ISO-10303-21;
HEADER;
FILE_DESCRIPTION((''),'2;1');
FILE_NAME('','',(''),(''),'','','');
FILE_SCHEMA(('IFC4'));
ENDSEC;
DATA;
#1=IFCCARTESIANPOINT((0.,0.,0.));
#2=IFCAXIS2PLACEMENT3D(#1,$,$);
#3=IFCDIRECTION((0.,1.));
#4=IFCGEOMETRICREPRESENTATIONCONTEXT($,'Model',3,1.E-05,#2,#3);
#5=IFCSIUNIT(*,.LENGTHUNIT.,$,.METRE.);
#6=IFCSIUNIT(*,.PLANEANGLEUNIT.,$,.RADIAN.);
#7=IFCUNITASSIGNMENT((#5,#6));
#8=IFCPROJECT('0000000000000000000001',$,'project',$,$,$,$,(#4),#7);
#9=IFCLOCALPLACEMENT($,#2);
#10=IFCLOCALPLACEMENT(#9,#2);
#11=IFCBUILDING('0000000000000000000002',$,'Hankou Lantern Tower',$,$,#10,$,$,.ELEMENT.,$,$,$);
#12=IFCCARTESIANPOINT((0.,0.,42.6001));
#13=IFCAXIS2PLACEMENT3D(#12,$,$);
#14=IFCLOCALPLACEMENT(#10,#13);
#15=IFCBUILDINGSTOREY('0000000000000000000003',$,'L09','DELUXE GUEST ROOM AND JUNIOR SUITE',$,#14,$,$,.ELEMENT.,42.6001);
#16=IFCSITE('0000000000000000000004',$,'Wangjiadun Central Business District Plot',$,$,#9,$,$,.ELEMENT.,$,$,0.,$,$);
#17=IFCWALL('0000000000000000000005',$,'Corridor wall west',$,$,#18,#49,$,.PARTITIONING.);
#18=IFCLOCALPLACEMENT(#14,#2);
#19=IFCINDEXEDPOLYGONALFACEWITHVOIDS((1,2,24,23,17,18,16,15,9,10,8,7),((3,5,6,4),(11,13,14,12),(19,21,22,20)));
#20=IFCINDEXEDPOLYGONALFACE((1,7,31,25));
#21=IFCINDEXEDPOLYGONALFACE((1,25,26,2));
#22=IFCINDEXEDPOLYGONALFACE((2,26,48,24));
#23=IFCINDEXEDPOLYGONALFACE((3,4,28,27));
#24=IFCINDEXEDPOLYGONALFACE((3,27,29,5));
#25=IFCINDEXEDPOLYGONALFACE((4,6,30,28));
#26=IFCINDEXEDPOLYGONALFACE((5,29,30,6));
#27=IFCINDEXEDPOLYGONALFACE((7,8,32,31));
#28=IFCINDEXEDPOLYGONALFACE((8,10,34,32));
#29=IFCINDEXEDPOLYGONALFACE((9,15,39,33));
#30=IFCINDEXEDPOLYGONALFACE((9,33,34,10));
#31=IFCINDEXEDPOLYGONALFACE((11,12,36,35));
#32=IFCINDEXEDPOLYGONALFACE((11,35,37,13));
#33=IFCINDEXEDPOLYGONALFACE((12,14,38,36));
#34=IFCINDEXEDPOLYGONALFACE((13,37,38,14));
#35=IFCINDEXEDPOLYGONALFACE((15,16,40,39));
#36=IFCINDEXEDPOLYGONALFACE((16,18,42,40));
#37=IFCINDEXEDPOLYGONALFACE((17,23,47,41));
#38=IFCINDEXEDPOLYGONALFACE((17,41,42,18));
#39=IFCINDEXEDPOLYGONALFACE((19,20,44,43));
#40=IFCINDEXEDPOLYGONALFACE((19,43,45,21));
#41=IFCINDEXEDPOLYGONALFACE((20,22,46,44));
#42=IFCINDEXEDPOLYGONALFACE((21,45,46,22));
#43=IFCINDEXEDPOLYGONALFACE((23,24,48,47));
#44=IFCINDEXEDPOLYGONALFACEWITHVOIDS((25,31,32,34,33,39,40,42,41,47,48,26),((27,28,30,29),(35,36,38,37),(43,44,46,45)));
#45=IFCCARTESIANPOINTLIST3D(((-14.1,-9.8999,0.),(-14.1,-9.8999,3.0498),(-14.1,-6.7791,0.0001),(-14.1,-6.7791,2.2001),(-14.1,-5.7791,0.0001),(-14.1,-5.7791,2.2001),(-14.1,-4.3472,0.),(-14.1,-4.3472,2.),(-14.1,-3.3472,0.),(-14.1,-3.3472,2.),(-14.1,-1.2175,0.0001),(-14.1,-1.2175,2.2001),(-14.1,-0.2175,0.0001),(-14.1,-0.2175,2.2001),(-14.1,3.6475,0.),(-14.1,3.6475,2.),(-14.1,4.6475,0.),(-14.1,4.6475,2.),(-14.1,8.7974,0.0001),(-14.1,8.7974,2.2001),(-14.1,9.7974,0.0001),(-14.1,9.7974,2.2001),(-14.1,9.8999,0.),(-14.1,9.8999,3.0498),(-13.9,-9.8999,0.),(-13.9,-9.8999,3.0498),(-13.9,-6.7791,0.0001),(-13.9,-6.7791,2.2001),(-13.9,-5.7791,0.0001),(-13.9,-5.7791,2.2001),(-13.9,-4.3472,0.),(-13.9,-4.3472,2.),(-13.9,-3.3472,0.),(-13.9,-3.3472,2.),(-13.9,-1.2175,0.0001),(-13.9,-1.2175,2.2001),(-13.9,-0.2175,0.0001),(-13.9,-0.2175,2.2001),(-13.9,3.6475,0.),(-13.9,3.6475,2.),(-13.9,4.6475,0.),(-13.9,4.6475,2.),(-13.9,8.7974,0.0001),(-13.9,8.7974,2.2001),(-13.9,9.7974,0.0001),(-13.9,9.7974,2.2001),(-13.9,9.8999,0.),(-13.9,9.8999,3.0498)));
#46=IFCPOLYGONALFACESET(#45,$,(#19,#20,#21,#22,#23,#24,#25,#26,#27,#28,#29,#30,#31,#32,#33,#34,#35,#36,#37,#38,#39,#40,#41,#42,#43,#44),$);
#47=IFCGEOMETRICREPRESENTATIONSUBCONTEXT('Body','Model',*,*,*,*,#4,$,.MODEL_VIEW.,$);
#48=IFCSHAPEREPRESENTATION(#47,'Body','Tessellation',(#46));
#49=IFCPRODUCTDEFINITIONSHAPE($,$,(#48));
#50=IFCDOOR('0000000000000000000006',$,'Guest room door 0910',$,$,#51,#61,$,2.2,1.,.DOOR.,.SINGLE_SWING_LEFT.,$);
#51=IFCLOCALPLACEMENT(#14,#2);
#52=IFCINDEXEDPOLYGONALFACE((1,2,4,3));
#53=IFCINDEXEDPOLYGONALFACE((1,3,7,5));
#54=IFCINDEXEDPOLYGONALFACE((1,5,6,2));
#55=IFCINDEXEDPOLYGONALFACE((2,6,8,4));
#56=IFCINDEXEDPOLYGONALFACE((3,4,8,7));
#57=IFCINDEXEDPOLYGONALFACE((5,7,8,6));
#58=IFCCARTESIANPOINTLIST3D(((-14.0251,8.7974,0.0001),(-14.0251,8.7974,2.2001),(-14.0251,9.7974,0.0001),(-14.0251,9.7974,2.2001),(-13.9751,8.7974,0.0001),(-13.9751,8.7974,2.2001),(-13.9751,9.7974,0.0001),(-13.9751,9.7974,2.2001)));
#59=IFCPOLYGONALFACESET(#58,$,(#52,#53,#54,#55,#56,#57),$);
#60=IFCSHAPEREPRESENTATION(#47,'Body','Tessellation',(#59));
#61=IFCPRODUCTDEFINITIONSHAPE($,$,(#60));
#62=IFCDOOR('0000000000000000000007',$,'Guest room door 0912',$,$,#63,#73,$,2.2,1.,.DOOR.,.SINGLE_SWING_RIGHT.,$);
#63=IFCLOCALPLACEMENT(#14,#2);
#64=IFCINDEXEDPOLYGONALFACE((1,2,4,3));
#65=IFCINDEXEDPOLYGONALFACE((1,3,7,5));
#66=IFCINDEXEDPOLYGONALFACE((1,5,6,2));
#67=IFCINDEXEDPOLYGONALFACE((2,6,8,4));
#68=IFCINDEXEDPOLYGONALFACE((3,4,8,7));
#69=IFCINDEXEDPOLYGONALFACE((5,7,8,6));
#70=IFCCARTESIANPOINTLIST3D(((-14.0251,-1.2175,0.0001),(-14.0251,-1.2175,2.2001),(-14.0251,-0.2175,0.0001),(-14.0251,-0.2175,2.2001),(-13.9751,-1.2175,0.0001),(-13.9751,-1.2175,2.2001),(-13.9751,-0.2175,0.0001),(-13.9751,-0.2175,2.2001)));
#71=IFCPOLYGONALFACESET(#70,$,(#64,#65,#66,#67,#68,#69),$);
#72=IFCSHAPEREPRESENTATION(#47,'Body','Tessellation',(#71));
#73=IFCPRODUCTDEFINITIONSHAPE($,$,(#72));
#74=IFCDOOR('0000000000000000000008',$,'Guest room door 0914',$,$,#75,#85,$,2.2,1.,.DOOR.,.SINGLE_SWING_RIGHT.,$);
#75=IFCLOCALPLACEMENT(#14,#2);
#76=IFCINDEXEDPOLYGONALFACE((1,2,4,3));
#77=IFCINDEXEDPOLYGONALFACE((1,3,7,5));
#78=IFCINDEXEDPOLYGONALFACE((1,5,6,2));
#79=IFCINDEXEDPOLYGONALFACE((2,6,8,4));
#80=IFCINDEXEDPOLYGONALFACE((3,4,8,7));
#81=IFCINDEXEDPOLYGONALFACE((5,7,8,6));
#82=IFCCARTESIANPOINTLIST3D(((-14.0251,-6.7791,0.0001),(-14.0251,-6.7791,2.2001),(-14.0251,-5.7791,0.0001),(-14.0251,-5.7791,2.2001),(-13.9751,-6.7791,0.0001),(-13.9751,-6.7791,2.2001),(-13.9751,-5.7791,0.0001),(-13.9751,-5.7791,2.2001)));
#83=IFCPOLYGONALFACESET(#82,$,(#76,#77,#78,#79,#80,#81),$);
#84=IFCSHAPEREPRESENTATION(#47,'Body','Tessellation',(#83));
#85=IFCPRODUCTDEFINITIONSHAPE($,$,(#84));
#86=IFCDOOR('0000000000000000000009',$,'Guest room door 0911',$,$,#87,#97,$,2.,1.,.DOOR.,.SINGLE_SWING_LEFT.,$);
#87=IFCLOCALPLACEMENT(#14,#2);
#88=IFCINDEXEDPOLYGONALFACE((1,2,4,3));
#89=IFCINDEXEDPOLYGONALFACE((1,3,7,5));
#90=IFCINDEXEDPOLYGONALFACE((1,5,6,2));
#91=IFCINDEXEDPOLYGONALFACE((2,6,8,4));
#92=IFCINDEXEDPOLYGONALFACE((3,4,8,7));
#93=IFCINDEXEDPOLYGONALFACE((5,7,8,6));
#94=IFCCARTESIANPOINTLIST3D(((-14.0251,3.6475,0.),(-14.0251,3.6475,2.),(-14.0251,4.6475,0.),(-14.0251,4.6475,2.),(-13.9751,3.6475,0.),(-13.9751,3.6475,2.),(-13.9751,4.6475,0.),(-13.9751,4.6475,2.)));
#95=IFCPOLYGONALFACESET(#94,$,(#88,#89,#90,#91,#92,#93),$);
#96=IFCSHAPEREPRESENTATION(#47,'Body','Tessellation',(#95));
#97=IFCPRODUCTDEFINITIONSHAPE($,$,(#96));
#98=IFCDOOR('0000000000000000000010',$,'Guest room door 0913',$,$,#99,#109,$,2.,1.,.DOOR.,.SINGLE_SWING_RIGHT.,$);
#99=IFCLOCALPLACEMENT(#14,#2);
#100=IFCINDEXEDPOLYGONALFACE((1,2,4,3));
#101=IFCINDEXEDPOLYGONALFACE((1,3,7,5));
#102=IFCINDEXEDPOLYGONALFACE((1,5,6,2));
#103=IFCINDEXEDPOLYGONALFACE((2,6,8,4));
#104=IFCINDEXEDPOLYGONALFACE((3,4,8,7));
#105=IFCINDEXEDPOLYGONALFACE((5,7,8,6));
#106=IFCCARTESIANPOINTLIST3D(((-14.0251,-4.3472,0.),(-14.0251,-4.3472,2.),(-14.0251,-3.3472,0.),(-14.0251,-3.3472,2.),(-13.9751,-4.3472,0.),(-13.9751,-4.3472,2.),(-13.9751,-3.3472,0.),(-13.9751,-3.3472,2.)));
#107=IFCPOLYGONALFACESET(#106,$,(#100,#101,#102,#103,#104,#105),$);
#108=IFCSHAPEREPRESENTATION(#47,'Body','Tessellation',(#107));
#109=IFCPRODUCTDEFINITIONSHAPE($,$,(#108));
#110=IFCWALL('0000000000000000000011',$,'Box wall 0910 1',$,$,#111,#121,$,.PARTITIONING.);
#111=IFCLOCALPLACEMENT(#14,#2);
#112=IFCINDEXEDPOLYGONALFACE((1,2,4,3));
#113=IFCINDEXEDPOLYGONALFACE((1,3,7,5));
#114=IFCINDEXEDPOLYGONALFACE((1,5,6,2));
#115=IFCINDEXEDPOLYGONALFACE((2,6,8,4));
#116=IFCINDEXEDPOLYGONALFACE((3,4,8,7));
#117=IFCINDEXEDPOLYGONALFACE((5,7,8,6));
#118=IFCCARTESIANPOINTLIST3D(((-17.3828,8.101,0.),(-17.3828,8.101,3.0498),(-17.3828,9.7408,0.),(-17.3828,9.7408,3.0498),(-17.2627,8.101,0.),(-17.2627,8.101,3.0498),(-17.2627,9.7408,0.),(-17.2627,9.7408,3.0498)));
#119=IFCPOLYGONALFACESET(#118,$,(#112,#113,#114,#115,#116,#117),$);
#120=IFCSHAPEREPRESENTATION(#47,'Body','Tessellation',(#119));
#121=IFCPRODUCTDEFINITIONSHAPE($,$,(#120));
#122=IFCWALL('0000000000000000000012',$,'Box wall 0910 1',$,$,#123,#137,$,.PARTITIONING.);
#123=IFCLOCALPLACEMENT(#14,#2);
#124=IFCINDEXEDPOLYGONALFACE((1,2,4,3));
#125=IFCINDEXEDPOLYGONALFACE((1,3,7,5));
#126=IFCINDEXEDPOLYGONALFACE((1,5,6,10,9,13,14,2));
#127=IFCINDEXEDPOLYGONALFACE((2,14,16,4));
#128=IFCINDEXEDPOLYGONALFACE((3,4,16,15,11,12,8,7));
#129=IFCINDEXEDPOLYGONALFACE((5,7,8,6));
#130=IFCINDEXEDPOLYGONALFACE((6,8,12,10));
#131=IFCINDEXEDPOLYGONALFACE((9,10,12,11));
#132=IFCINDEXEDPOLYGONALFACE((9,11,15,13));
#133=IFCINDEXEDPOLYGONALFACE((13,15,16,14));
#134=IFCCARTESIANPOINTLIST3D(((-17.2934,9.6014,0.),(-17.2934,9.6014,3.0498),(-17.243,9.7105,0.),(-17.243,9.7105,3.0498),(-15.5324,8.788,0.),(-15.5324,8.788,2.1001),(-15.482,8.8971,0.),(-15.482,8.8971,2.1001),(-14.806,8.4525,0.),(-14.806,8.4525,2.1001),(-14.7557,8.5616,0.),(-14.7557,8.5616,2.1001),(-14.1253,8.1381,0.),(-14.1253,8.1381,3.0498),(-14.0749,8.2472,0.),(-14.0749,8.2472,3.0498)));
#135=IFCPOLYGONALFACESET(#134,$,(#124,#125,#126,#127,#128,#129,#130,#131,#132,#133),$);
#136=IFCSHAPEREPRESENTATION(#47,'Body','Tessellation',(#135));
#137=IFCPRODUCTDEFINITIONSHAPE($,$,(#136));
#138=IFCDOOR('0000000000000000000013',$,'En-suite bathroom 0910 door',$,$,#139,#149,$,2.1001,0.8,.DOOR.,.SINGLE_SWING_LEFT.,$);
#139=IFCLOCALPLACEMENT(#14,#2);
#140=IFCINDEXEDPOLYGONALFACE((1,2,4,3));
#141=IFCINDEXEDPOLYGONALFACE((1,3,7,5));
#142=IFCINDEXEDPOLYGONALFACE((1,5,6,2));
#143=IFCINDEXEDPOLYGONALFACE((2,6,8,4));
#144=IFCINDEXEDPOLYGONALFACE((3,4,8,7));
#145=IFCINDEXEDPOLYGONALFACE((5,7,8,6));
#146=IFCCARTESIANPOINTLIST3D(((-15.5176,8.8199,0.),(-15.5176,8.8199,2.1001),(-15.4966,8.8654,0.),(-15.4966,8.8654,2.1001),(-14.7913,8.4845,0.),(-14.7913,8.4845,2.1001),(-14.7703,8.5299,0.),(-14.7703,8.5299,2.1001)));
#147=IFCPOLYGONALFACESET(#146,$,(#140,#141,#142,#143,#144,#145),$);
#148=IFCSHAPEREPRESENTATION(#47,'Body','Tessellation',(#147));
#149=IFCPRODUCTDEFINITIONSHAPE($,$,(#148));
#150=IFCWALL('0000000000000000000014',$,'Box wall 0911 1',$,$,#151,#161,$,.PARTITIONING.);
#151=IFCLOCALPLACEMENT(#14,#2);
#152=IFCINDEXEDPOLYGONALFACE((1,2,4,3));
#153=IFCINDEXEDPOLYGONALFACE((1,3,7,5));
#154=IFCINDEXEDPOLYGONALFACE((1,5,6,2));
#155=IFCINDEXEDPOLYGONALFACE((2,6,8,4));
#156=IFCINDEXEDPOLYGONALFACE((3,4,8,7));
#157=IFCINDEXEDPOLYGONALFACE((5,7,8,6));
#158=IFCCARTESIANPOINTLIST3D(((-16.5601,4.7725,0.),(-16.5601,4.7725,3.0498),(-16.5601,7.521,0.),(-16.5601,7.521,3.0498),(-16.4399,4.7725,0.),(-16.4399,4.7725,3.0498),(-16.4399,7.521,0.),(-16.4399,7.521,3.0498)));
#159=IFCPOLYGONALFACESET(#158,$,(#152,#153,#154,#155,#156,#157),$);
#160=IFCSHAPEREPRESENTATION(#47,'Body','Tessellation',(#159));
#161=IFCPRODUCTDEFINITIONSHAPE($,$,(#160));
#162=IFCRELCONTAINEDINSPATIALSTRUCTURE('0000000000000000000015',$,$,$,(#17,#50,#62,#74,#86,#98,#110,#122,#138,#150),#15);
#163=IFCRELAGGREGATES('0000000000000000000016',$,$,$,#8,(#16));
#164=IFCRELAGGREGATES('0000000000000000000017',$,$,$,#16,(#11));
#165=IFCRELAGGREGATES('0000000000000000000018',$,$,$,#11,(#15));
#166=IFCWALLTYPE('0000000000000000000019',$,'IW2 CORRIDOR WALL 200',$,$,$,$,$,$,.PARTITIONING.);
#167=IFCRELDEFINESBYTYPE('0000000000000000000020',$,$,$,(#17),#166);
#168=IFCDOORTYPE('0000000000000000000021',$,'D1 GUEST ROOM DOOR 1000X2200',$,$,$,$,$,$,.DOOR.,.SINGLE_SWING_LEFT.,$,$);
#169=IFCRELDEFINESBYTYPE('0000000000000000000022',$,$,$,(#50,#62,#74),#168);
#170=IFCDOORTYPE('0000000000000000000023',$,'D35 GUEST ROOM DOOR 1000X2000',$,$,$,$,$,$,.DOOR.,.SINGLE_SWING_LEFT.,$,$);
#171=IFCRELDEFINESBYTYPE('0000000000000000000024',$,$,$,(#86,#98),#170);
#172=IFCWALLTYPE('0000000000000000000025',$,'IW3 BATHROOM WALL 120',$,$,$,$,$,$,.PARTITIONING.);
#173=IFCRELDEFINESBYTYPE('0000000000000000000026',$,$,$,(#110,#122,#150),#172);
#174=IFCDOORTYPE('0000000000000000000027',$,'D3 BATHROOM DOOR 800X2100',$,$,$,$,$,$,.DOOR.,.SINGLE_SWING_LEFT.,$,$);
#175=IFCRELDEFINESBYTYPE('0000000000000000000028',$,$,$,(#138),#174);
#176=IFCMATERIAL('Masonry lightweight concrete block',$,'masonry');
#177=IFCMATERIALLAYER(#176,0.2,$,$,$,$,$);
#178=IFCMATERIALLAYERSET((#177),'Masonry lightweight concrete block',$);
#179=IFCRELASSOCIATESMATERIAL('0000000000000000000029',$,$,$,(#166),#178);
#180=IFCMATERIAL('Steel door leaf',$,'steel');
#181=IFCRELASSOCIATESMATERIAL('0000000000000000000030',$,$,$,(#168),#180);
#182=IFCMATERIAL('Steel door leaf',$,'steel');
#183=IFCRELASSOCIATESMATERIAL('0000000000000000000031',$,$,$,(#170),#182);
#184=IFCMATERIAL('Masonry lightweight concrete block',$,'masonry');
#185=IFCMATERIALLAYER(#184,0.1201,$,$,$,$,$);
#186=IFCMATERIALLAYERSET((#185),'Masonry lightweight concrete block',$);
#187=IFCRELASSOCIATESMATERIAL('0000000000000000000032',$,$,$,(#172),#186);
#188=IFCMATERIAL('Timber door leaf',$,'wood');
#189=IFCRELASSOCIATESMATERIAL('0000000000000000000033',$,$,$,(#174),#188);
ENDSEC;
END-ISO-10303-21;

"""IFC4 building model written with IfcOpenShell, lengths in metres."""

from ifc_helpers import new_model, si_unit, direction, frame, frame_2d, origin, place, context, subcontext, project, spatial, rectangle, extrude, material, layer, layer_set, type_object, element, fill, save


model = new_model("IFC4")

# Units and contexts
model_context = context("Model", 3, precision=1e-05, world=origin(), true_north=direction((0.0, 1.0)))
body_context = subcontext(model_context, "Body", "Model", "MODEL_VIEW")
ifc_project = project(units=[si_unit("LENGTHUNIT", "METRE"), si_unit("PLANEANGLEUNIT", "RADIAN")], contexts=[model_context])

# Site, building, storey
site_placement = place(None, origin())
site = spatial("IfcSite", under=ifc_project, at=site_placement, Name="Wangjiadun Central Business District Plot", CompositionType="ELEMENT", RefElevation=0.0)
building_placement = place(site_placement, origin())
building = spatial("IfcBuilding", under=site, at=building_placement, Name="Hankou Lantern Tower", CompositionType="ELEMENT")
storey_placement = place(building_placement, frame((0.0, 0.0, 42.6001)))
storey = spatial("IfcBuildingStorey", under=building, at=storey_placement, Name="L09", Description="DELUXE GUEST ROOM AND JUNIOR SUITE", CompositionType="ELEMENT", Elevation=42.6001)

# Wall, openings, doors
ifc_material_1 = material(Name="Masonry lightweight concrete block", Category="masonry")
ifc_layer_1 = layer(ifc_material_1, 0.2)
ifc_layer_set_1 = layer_set([ifc_layer_1], Name="Masonry lightweight concrete block")
wall_type_1 = type_object("IfcWallType", Name="IW2 CORRIDOR WALL 200", PredefinedType="PARTITIONING", material=ifc_layer_set_1)
ifc_material_2 = material(Name="Steel door leaf", Category="steel")
door_type_1 = type_object("IfcDoorType", Name="D1 GUEST ROOM DOOR 1000X2200", OperationType="SINGLE_SWING_LEFT", PredefinedType="DOOR", material=ifc_material_2)
wall_1_placement = place(storey_placement, frame((-14.0, 9.8999, 0.0), z_axis=(0.0, 0.0, 1.0), x_axis=(0.0, -1.0, 0.0)))
wall_1 = element("IfcWall", 1, at=wall_1_placement, inside=storey, type_object=wall_type_1, Name="Corridor wall west", PredefinedType="PARTITIONING", context=body_context, shape_type="SweptSolid", body=[
    extrude(rectangle(XDim=19.7998, YDim=0.2, at=frame_2d((9.8999, 0.0))), origin(), (0.0, 0.0, 1.0), 3.0498),
])
opening_1_placement = place(wall_1_placement, frame((0.1025, 0.0, 0.0)))
opening_1 = element("IfcOpeningElement", 2, at=opening_1_placement, cuts=wall_1, PredefinedType="OPENING", context=body_context, shape_type="SweptSolid", body=[
    extrude(rectangle(XDim=1.0, YDim=2.2, at=frame_2d((0.5, 1.1001))), frame((0.0, 0.1099, 0.0), z_axis=(0.0, -1.0, 0.0), x_axis=(1.0, 0.0, 0.0)), (0.0, 0.0, 1.0), 0.22),
])
opening_2_placement = place(wall_1_placement, frame((5.2524, 0.0, 0.0)))
opening_2 = element("IfcOpeningElement", 3, at=opening_2_placement, cuts=wall_1, PredefinedType="OPENING", context=body_context, shape_type="SweptSolid", body=[
    extrude(rectangle(XDim=1.0, YDim=2.0, at=frame_2d((0.5, 1.0))), frame((0.0, 0.1099, 0.0), z_axis=(0.0, -1.0, 0.0), x_axis=(1.0, 0.0, 0.0)), (0.0, 0.0, 1.0), 0.22),
])
opening_3_placement = place(wall_1_placement, frame((10.1174, 0.0, 0.0)))
opening_3 = element("IfcOpeningElement", 4, at=opening_3_placement, cuts=wall_1, PredefinedType="OPENING", context=body_context, shape_type="SweptSolid", body=[
    extrude(rectangle(XDim=1.0, YDim=2.2, at=frame_2d((0.5, 1.1001))), frame((0.0, 0.1099, 0.0), z_axis=(0.0, -1.0, 0.0), x_axis=(1.0, 0.0, 0.0)), (0.0, 0.0, 1.0), 0.22),
])
opening_4_placement = place(wall_1_placement, frame((13.2471, 0.0, 0.0)))
opening_4 = element("IfcOpeningElement", 5, at=opening_4_placement, cuts=wall_1, PredefinedType="OPENING", context=body_context, shape_type="SweptSolid", body=[
    extrude(rectangle(XDim=1.0, YDim=2.0, at=frame_2d((0.5, 1.0))), frame((0.0, 0.1099, 0.0), z_axis=(0.0, -1.0, 0.0), x_axis=(1.0, 0.0, 0.0)), (0.0, 0.0, 1.0), 0.22),
])
opening_5_placement = place(wall_1_placement, frame((15.679, 0.0, 0.0)))
opening_5 = element("IfcOpeningElement", 6, at=opening_5_placement, cuts=wall_1, PredefinedType="OPENING", context=body_context, shape_type="SweptSolid", body=[
    extrude(rectangle(XDim=1.0, YDim=2.2, at=frame_2d((0.5, 1.1001))), frame((0.0, 0.1099, 0.0), z_axis=(0.0, -1.0, 0.0), x_axis=(1.0, 0.0, 0.0)), (0.0, 0.0, 1.0), 0.22),
])
door_1_placement = place(opening_1_placement, origin())
door_1 = element("IfcDoor", 7, at=door_1_placement, inside=storey, type_object=door_type_1, Name="Guest room door 0910", OperationType="SINGLE_SWING_LEFT", OverallHeight=2.2, OverallWidth=1.0, PredefinedType="DOOR", context=body_context, shape_type="SweptSolid", body=[
    extrude(rectangle(XDim=1.0, YDim=2.2, at=frame_2d((0.5, 1.1001))), frame((0.0, 0.0249, 0.0), z_axis=(0.0, -1.0, 0.0), x_axis=(1.0, 0.0, 0.0)), (0.0, 0.0, 1.0), 0.05),
])
fill(opening_1, door_1)
door_2_placement = place(opening_3_placement, origin())
door_2 = element("IfcDoor", 8, at=door_2_placement, inside=storey, type_object=door_type_1, Name="Guest room door 0912", OperationType="SINGLE_SWING_RIGHT", OverallHeight=2.2, OverallWidth=1.0, PredefinedType="DOOR", context=body_context, shape_type="SweptSolid", body=[
    extrude(rectangle(XDim=1.0, YDim=2.2, at=frame_2d((0.5, 1.1001))), frame((0.0, 0.0249, 0.0), z_axis=(0.0, -1.0, 0.0), x_axis=(1.0, 0.0, 0.0)), (0.0, 0.0, 1.0), 0.05),
])
fill(opening_3, door_2)
door_3_placement = place(opening_5_placement, origin())
door_3 = element("IfcDoor", 9, at=door_3_placement, inside=storey, type_object=door_type_1, Name="Guest room door 0914", OperationType="SINGLE_SWING_RIGHT", OverallHeight=2.2, OverallWidth=1.0, PredefinedType="DOOR", context=body_context, shape_type="SweptSolid", body=[
    extrude(rectangle(XDim=1.0, YDim=2.2, at=frame_2d((0.5, 1.1001))), frame((0.0, 0.0249, 0.0), z_axis=(0.0, -1.0, 0.0), x_axis=(1.0, 0.0, 0.0)), (0.0, 0.0, 1.0), 0.05),
])
fill(opening_5, door_3)
ifc_material_3 = material(Name="Steel door leaf", Category="steel")
door_type_2 = type_object("IfcDoorType", Name="D35 GUEST ROOM DOOR 1000X2000", OperationType="SINGLE_SWING_LEFT", PredefinedType="DOOR", material=ifc_material_3)
door_4_placement = place(opening_2_placement, origin())
door_4 = element("IfcDoor", 10, at=door_4_placement, inside=storey, type_object=door_type_2, Name="Guest room door 0911", OperationType="SINGLE_SWING_LEFT", OverallHeight=2.0, OverallWidth=1.0, PredefinedType="DOOR", context=body_context, shape_type="SweptSolid", body=[
    extrude(rectangle(XDim=1.0, YDim=2.0, at=frame_2d((0.5, 1.0))), frame((0.0, 0.0249, 0.0), z_axis=(0.0, -1.0, 0.0), x_axis=(1.0, 0.0, 0.0)), (0.0, 0.0, 1.0), 0.05),
])
fill(opening_2, door_4)
door_5_placement = place(opening_4_placement, origin())
door_5 = element("IfcDoor", 11, at=door_5_placement, inside=storey, type_object=door_type_2, Name="Guest room door 0913", OperationType="SINGLE_SWING_RIGHT", OverallHeight=2.0, OverallWidth=1.0, PredefinedType="DOOR", context=body_context, shape_type="SweptSolid", body=[
    extrude(rectangle(XDim=1.0, YDim=2.0, at=frame_2d((0.5, 1.0))), frame((0.0, 0.0249, 0.0), z_axis=(0.0, -1.0, 0.0), x_axis=(1.0, 0.0, 0.0)), (0.0, 0.0, 1.0), 0.05),
])
fill(opening_4, door_5)

# Wall
ifc_material_4 = material(Name="Masonry lightweight concrete block", Category="masonry")
ifc_layer_2 = layer(ifc_material_4, 0.1201)
ifc_layer_set_2 = layer_set([ifc_layer_2], Name="Masonry lightweight concrete block")
wall_type_2 = type_object("IfcWallType", Name="IW3 BATHROOM WALL 120", PredefinedType="PARTITIONING", material=ifc_layer_set_2)
wall_2_placement = place(storey_placement, frame((-17.3228, 8.1011, 0.0), z_axis=(0.0, 0.0, 1.0), x_axis=(0.0, 1.0, 0.0)))
element("IfcWall", 12, at=wall_2_placement, inside=storey, type_object=wall_type_2, Name="Box wall 0910 1", PredefinedType="PARTITIONING", context=body_context, shape_type="SweptSolid", body=[
    extrude(rectangle(XDim=1.6399, YDim=0.1201, at=frame_2d((0.8198, 0.0))), origin(), (0.0, 0.0, 1.0), 3.0498),
])

# Wall, opening, door
wall_3_placement = place(storey_placement, frame((-14.1001, 8.1926, 0.0), z_axis=(0.0, 0.0, 1.0), x_axis=(-0.907836, 0.419324, 0.0)))
wall_3 = element("IfcWall", 13, at=wall_3_placement, inside=storey, type_object=wall_type_2, Name="Box wall 0910 1", PredefinedType="PARTITIONING", context=body_context, shape_type="SweptSolid", body=[
    extrude(rectangle(XDim=3.4897, YDim=0.1201, at=frame_2d((1.7449, 0.0))), origin(), (0.0, 0.0, 1.0), 3.0498),
])
opening_6_placement = place(wall_3_placement, frame((0.75, 0.0, 0.0)))
opening_6 = element("IfcOpeningElement", 14, at=opening_6_placement, cuts=wall_3, PredefinedType="OPENING", context=body_context, shape_type="SweptSolid", body=[
    extrude(rectangle(XDim=0.8, YDim=2.1001, at=frame_2d((0.3999, 1.05))), frame((0.0, 0.0701, 0.0), z_axis=(0.0, -1.0, 0.0), x_axis=(1.0, 0.0, 0.0)), (0.0, 0.0, 1.0), 0.1401),
])
ifc_material_5 = material(Name="Timber door leaf", Category="wood")
door_type_3 = type_object("IfcDoorType", Name="D3 BATHROOM DOOR 800X2100", OperationType="SINGLE_SWING_LEFT", PredefinedType="DOOR", material=ifc_material_5)
door_6_placement = place(opening_6_placement, origin())
door_6 = element("IfcDoor", 15, at=door_6_placement, inside=storey, type_object=door_type_3, Name="En-suite bathroom 0910 door", OperationType="SINGLE_SWING_LEFT", OverallHeight=2.1001, OverallWidth=0.8, PredefinedType="DOOR", context=body_context, shape_type="SweptSolid", body=[
    extrude(rectangle(XDim=0.8, YDim=2.1001, at=frame_2d((0.3999, 1.05))), frame((0.0, 0.0249, 0.0), z_axis=(0.0, -1.0, 0.0), x_axis=(1.0, 0.0, 0.0)), (0.0, 0.0, 1.0), 0.05),
])
fill(opening_6, door_6)

# Wall
wall_4_placement = place(storey_placement, frame((-16.5, 7.521, 0.0), z_axis=(0.0, 0.0, 1.0), x_axis=(0.0, -1.0, 0.0)))
element("IfcWall", 16, at=wall_4_placement, inside=storey, type_object=wall_type_2, Name="Box wall 0911 1", PredefinedType="PARTITIONING", context=body_context, shape_type="SweptSolid", body=[
    extrude(rectangle(XDim=2.7485, YDim=0.1201, at=frame_2d((1.3743, 0.0))), origin(), (0.0, 0.0, 1.0), 3.0498),
])

save(model, "model.ifc")
